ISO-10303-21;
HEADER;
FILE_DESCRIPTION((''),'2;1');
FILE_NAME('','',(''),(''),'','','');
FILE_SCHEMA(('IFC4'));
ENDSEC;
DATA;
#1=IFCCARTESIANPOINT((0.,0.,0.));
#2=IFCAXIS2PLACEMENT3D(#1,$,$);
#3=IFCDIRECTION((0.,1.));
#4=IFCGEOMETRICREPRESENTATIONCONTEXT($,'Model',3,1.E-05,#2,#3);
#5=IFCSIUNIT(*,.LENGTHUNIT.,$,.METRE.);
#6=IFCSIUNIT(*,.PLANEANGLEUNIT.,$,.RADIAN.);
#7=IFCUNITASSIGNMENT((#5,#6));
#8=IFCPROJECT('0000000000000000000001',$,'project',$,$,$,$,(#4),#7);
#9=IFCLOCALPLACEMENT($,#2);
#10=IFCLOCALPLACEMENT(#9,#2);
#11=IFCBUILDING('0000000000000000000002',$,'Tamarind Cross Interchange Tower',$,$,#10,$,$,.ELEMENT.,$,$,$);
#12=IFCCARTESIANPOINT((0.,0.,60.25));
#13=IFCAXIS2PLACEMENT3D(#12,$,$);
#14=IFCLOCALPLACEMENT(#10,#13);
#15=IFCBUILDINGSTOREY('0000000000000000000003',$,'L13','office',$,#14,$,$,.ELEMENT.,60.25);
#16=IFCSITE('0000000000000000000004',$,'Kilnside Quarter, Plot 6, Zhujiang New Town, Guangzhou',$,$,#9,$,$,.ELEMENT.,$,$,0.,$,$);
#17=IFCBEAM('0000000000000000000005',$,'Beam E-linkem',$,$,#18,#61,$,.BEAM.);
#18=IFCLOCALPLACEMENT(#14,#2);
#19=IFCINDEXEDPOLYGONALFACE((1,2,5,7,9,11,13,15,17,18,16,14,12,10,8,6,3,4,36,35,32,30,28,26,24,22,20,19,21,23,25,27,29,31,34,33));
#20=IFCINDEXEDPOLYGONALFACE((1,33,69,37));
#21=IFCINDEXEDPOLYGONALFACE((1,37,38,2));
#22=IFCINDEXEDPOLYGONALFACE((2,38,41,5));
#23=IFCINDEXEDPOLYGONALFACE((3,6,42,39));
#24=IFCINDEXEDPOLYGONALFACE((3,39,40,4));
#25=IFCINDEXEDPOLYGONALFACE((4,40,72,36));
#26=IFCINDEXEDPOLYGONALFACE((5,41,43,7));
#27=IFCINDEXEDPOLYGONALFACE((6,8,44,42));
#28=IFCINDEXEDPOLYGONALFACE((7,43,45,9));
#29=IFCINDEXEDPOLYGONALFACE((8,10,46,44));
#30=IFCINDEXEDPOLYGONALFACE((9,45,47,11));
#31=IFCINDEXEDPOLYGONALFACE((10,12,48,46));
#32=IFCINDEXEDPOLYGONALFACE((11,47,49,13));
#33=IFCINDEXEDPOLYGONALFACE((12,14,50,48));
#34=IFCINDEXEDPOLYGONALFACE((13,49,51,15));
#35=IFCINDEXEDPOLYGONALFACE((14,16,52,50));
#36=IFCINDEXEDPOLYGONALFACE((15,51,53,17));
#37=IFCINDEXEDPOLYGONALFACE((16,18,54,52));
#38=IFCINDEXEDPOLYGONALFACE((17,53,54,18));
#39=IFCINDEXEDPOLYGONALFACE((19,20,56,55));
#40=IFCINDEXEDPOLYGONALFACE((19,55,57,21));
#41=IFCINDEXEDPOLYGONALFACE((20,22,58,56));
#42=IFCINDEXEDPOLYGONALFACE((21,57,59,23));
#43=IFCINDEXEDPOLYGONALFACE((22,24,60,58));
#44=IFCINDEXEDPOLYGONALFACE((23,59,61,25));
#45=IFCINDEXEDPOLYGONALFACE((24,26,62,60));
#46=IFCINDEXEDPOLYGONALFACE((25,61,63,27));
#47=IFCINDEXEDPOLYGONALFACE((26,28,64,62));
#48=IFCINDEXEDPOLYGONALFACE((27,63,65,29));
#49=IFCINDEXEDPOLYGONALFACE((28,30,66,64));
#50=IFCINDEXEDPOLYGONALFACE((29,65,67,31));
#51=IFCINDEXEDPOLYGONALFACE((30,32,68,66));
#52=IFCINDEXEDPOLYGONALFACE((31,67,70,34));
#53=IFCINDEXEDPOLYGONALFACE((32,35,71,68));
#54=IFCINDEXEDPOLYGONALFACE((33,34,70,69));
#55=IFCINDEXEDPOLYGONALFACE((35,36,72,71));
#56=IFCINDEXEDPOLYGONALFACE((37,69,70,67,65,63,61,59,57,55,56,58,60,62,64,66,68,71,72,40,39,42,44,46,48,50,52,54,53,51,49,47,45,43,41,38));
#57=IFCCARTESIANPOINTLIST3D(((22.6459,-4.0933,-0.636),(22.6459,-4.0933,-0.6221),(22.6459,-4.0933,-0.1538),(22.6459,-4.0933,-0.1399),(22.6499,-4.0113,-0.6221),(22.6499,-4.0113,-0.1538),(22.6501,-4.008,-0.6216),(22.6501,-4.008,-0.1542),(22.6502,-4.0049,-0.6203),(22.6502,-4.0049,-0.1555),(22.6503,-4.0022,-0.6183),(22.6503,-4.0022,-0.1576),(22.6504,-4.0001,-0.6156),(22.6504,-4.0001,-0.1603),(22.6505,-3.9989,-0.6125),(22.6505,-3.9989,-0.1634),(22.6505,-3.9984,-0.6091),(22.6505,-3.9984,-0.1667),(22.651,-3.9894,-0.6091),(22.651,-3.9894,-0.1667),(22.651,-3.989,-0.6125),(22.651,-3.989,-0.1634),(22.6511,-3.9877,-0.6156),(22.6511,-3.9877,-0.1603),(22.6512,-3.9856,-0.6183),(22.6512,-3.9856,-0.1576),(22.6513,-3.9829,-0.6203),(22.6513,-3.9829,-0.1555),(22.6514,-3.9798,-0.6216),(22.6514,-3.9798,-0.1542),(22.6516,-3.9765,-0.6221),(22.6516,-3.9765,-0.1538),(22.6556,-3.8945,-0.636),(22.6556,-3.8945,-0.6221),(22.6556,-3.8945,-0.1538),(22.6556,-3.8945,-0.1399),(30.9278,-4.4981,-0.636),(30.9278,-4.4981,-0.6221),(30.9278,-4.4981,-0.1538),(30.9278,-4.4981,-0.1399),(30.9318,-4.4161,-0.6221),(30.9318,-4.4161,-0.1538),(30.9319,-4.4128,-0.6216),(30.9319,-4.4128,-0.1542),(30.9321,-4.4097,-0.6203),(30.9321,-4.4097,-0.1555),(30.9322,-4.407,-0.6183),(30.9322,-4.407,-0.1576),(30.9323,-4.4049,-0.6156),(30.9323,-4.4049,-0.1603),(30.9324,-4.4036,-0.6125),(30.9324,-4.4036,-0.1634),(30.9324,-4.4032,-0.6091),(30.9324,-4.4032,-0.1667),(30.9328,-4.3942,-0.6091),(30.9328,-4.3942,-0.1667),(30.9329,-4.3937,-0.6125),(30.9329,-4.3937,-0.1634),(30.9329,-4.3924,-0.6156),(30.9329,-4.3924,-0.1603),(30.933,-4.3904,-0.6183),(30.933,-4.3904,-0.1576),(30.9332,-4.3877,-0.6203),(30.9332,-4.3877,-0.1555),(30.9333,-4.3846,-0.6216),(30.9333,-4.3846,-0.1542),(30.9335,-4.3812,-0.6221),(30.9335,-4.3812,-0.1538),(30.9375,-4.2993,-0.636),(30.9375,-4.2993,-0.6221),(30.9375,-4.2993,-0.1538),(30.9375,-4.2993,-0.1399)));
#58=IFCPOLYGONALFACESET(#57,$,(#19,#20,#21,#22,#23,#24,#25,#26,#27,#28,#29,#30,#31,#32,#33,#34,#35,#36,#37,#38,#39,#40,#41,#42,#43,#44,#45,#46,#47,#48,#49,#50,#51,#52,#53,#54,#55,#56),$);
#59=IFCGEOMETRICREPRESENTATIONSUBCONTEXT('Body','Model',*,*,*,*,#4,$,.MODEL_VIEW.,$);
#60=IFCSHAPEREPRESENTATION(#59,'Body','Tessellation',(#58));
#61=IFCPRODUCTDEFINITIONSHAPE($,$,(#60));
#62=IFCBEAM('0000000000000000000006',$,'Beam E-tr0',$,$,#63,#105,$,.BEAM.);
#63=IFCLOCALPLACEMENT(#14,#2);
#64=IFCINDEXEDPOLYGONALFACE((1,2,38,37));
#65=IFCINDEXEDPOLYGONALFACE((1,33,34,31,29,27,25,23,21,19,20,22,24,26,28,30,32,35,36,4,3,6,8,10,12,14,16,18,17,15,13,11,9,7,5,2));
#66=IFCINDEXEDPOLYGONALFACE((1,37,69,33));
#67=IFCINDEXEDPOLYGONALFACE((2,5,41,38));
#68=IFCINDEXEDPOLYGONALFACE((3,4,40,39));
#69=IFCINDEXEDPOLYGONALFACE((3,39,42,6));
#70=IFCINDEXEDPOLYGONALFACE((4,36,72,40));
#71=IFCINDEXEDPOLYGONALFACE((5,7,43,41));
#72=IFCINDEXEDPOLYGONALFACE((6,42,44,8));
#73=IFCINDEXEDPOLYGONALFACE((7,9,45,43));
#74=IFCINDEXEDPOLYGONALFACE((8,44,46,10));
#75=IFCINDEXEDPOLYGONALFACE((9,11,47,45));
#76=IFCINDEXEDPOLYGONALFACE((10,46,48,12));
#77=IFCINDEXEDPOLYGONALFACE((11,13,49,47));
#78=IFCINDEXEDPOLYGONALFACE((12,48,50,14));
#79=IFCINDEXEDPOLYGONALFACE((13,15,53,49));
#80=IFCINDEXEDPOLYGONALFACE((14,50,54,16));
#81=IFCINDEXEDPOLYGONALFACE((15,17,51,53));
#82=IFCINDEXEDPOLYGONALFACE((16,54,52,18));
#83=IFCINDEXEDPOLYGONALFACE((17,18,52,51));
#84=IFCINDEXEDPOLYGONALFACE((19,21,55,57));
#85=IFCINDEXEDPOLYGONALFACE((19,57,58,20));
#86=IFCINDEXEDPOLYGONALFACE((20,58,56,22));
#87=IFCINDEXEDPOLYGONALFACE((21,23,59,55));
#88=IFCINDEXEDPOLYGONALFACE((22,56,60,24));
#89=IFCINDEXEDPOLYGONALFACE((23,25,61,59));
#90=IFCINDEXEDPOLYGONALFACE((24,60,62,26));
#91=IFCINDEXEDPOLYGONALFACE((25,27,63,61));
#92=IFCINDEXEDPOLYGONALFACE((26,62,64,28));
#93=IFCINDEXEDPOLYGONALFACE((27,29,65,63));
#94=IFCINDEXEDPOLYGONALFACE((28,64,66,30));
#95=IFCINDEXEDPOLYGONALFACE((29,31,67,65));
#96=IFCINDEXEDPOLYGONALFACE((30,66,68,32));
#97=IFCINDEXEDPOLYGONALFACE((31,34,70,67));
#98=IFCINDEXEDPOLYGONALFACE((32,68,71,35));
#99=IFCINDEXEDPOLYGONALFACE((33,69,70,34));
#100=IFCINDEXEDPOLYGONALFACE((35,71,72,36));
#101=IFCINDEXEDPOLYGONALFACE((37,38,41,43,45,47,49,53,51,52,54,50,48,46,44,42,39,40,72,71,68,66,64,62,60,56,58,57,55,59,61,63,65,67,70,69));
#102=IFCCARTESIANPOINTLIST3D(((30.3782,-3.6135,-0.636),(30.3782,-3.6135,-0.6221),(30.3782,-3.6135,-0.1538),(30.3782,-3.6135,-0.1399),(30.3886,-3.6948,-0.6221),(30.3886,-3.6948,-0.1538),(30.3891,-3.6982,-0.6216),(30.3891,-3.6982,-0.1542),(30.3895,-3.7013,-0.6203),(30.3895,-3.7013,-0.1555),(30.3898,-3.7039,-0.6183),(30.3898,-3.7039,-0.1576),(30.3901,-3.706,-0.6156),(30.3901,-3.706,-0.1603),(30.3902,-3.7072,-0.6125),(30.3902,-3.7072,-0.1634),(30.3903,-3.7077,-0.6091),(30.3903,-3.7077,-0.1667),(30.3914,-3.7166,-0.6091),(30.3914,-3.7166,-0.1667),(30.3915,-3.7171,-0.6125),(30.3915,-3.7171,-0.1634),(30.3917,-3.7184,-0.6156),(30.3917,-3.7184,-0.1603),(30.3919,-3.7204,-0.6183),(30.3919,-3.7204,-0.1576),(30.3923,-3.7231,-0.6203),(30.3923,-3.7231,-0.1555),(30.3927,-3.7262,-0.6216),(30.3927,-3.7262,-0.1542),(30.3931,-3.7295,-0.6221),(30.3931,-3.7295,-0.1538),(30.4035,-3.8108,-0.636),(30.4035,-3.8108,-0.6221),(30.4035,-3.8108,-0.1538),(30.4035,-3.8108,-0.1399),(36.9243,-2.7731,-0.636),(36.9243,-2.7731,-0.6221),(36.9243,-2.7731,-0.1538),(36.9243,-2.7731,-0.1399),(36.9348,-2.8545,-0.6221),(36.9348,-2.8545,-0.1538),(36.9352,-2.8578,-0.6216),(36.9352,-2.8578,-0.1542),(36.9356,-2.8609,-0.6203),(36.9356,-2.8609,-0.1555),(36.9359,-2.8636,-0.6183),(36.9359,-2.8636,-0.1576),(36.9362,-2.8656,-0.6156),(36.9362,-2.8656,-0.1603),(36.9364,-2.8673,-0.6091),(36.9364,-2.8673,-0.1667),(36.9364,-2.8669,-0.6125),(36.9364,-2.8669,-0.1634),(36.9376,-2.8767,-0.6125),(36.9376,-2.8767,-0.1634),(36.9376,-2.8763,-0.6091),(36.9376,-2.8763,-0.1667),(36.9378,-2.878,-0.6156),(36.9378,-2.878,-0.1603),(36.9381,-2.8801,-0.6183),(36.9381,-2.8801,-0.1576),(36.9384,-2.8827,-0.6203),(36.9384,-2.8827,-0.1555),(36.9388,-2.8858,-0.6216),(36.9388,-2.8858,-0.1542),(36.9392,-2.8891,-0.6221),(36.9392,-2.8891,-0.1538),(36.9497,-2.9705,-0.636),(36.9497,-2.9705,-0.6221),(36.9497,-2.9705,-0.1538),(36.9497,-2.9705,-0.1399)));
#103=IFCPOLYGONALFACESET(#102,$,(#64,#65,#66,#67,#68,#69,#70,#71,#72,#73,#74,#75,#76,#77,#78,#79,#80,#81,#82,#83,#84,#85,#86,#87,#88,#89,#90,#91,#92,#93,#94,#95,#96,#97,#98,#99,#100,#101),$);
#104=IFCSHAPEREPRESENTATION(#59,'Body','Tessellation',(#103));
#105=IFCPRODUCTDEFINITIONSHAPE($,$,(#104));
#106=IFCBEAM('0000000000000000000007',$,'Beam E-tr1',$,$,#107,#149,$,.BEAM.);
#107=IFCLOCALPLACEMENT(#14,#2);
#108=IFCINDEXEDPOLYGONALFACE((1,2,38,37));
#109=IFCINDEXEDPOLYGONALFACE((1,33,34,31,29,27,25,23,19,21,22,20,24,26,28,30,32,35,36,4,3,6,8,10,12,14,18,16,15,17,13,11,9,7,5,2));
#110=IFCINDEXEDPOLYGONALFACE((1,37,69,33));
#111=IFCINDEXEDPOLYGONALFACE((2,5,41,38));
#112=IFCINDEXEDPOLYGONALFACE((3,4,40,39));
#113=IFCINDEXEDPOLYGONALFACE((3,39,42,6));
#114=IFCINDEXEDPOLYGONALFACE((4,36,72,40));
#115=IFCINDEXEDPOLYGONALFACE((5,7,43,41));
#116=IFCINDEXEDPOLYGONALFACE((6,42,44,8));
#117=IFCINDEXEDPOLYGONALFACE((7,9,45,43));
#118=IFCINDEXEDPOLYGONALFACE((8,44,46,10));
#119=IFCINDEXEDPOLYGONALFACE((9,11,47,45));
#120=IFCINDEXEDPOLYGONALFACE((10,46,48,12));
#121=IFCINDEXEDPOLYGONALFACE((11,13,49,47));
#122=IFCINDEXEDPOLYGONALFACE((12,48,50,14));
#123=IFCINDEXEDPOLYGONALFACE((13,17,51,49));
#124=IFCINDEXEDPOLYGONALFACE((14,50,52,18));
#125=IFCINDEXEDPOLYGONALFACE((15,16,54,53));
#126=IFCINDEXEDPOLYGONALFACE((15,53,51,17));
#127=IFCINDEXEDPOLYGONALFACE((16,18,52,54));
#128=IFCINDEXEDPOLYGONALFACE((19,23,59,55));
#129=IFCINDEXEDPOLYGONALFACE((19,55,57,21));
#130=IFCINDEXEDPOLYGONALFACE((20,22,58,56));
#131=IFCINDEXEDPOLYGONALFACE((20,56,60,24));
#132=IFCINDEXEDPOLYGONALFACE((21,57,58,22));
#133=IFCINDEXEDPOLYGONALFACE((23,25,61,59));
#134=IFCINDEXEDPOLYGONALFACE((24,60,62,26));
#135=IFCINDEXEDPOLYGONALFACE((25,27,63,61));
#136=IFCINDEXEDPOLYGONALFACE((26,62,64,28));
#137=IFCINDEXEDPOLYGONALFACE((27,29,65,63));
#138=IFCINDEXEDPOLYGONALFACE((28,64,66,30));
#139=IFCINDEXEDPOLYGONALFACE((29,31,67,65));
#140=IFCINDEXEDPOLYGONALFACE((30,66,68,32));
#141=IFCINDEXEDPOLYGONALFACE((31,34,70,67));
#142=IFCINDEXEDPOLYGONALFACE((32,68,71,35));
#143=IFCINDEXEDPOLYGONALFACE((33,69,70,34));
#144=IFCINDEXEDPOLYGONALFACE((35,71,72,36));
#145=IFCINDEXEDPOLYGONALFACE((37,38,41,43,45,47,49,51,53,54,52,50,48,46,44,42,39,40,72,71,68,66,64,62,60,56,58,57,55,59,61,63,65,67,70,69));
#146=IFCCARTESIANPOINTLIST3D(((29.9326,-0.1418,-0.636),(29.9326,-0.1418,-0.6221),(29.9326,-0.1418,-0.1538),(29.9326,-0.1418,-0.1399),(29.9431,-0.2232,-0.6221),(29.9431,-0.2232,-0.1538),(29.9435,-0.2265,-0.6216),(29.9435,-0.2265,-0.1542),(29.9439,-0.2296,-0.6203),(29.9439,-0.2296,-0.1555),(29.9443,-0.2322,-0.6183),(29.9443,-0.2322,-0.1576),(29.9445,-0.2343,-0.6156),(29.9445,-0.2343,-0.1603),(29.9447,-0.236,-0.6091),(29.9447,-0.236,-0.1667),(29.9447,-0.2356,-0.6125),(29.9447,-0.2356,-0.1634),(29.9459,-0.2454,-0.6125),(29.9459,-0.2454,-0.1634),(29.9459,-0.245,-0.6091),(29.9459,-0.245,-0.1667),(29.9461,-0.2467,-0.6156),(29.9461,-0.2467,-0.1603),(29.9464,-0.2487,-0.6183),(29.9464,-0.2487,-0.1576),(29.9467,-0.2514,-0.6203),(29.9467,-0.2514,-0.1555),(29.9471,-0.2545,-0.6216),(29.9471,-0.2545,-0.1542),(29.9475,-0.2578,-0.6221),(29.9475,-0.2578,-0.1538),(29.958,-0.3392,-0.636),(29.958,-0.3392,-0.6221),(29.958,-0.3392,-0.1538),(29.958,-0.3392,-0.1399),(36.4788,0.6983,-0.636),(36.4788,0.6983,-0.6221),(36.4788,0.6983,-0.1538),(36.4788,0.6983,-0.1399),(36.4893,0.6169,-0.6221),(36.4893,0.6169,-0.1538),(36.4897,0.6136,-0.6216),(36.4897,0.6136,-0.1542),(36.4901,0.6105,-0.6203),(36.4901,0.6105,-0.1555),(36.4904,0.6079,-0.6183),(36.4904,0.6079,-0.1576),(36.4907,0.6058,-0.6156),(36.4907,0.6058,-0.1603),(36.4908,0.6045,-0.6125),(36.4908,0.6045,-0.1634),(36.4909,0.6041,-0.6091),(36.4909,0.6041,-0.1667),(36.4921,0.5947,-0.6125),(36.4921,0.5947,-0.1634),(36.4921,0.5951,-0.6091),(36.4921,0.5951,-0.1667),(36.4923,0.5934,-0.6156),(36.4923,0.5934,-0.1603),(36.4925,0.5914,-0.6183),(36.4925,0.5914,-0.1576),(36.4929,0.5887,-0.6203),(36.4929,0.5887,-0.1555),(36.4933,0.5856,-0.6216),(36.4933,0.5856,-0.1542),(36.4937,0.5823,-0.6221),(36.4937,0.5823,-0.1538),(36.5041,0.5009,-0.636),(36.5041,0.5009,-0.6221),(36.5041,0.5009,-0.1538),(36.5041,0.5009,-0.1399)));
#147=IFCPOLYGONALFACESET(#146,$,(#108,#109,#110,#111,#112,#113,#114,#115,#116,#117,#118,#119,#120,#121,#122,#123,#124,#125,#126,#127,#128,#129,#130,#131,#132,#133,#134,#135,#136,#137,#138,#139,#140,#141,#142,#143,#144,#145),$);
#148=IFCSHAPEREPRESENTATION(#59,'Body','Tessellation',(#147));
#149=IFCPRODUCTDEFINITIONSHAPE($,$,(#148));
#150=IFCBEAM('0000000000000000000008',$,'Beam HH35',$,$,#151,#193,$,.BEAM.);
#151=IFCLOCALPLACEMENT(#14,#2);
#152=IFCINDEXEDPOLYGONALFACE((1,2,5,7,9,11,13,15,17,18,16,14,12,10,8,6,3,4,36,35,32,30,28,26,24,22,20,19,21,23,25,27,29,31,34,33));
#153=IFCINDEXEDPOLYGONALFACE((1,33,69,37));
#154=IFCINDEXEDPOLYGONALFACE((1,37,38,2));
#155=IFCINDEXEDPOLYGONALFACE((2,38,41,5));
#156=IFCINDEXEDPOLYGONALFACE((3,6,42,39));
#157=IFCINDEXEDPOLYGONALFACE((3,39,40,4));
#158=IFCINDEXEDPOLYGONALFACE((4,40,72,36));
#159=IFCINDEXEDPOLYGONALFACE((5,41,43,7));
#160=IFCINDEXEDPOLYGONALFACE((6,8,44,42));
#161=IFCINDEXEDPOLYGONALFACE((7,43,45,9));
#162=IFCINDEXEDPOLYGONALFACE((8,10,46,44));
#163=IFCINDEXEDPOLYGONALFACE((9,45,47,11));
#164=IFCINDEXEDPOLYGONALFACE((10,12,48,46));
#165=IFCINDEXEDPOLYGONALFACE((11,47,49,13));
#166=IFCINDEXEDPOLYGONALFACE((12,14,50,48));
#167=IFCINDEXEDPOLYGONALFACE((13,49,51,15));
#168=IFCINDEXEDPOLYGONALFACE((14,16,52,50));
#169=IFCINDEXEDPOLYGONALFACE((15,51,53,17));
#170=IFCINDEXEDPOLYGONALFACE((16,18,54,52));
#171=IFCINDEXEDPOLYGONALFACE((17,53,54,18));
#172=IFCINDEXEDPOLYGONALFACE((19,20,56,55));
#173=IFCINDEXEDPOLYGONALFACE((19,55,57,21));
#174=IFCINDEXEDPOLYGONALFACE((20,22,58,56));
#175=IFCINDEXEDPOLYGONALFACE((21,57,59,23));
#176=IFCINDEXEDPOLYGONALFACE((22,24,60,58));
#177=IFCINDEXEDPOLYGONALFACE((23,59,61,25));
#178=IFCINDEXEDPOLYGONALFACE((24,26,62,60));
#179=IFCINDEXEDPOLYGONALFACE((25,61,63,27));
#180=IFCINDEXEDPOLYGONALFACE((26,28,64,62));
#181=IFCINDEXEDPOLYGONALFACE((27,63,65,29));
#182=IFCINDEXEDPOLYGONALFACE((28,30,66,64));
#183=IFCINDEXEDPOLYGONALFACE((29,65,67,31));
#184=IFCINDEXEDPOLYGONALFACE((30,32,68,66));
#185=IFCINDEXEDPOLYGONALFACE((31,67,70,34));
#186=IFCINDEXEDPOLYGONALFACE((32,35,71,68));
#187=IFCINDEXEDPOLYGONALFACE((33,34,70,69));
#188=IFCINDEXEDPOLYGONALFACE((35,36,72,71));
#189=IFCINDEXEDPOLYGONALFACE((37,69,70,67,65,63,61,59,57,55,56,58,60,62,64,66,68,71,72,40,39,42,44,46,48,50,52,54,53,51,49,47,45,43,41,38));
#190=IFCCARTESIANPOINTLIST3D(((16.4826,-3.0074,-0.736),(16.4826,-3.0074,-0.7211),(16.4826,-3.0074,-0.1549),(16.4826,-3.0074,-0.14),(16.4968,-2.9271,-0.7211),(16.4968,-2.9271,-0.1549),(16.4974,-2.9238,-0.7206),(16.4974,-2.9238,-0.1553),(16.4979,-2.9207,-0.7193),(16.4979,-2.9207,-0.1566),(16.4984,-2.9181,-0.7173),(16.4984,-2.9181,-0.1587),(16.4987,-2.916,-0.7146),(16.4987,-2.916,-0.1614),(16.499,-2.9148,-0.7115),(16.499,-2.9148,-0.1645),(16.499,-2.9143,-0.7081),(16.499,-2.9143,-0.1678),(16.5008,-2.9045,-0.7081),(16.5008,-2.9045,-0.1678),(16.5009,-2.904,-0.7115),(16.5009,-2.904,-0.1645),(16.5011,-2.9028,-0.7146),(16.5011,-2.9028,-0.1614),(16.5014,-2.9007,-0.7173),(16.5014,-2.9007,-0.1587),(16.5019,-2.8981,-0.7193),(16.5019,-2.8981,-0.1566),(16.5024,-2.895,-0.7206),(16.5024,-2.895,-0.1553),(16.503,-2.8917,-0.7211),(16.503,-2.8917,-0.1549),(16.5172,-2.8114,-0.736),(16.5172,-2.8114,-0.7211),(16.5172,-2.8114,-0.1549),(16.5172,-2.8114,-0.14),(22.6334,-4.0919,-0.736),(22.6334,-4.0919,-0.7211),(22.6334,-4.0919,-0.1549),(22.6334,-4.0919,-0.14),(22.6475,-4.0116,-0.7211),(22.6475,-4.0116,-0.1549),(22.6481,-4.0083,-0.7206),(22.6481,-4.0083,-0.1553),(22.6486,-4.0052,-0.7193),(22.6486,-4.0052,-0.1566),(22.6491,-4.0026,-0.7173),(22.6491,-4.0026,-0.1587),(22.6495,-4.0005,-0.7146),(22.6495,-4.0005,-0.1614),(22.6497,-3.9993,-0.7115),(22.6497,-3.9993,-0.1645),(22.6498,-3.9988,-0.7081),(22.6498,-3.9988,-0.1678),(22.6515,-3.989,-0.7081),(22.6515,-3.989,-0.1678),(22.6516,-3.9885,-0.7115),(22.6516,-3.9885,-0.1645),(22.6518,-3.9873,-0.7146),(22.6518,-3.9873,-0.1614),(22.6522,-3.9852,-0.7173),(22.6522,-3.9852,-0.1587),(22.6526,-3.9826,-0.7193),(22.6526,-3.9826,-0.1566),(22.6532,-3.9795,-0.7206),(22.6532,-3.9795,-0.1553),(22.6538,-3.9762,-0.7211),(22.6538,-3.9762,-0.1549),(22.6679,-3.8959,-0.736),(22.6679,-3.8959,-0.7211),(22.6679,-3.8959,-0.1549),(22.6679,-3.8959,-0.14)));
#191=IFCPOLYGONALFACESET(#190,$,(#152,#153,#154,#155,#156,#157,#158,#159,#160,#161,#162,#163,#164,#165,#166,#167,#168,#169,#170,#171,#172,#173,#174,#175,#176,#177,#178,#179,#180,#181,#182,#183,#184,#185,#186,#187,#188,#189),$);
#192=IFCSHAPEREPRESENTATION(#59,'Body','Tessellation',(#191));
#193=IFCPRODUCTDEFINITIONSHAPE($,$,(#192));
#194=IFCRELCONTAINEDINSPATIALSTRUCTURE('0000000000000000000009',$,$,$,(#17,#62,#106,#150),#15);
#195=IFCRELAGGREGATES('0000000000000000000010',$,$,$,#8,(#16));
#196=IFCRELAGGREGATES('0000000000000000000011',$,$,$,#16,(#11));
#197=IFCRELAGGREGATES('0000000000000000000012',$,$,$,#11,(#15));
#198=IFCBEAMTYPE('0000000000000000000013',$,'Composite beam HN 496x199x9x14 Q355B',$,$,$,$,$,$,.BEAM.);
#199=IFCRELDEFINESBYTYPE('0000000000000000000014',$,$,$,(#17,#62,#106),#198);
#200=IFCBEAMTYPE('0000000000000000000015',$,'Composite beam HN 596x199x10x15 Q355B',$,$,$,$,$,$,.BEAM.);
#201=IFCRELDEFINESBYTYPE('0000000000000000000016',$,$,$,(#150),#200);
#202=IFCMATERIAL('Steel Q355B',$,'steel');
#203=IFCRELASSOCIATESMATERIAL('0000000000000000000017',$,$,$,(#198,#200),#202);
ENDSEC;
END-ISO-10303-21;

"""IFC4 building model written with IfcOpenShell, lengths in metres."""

from ifc_helpers import new_model, si_unit, direction, frame, origin, origin_2d, place, context, subcontext, project, spatial, i_section, extrude, material, material_profile, profile_set, type_object, element, save


model = new_model("IFC4")

# Units and contexts
model_context = context("Model", 3, precision=1e-05, world=origin(), true_north=direction((0.0, 1.0)))
body_context = subcontext(model_context, "Body", "Model", "MODEL_VIEW")
ifc_project = project(units=[si_unit("LENGTHUNIT", "METRE"), si_unit("PLANEANGLEUNIT", "RADIAN")], contexts=[model_context])

# Site, building, storey
site_placement = place(None, origin())
site = spatial("IfcSite", under=ifc_project, at=site_placement, Name="Kilnside Quarter, Plot 6, Zhujiang New Town, Guangzhou", CompositionType="ELEMENT", RefElevation=0.0)
building_placement = place(site_placement, origin())
building = spatial("IfcBuilding", under=site, at=building_placement, Name="Tamarind Cross Interchange Tower", CompositionType="ELEMENT")
storey_placement = place(building_placement, frame((0.0, 0.0, 60.25)))
storey = spatial("IfcBuildingStorey", under=building, at=storey_placement, Name="L13", Description="office", CompositionType="ELEMENT", Elevation=60.25)

# Beams
ifc_material_1 = material(Name="Steel Q355B", Category="steel")
ifc_material_profile_1 = material_profile(ifc_material_1, i_section(OverallWidth=0.199, OverallDepth=0.4961, WebThickness=0.009, FlangeThickness=0.0139, FilletRadius=0.0129, at=origin_2d()), Name="HN 496x199x9x14")
ifc_profile_set_1 = profile_set([ifc_material_profile_1], Name="Steel Q355B")
beam_type_1 = type_object("IfcBeamType", Name="Composite beam HN 496x199x9x14 Q355B", PredefinedType="BEAM", material=ifc_profile_set_1)
beam_1_placement = place(storey_placement, frame((30.9326, -4.3987, -0.3879), z_axis=(-0.998808, 0.048817, 0.0), x_axis=(-0.048817, -0.998808, 0.0)))
element("IfcBeam", 1, at=beam_1_placement, inside=storey, type_object=beam_type_1, Name="Beam E-linkem", PredefinedType="BEAM", context=body_context, shape_type="SweptSolid", body=[
    extrude(i_section(OverallWidth=0.199, OverallDepth=0.4961, WebThickness=0.009, FlangeThickness=0.0139, FilletRadius=0.0129, at=origin_2d()), origin(), (0.0, 0.0, 1.0), 8.2917),
])
for number, where, z_axis, x_axis, name in (
    (2, (30.3909, -3.7122, -0.3879), (0.991861, 0.127326, 0.0), (-0.127326, 0.991861, 0.0), "Beam E-tr0"),
    (3, (29.9453, -0.2405, -0.3879), (0.991866, 0.127289, 0.0), (-0.127289, 0.991866, 0.0), "Beam E-tr1"),
):
    element("IfcBeam", number, at=place(storey_placement, frame(where, z_axis=z_axis, x_axis=x_axis)), inside=storey, type_object=beam_type_1, Name=name, PredefinedType="BEAM", context=body_context, shape_type="SweptSolid", body=[
        extrude(i_section(OverallWidth=0.199, OverallDepth=0.4961, WebThickness=0.009, FlangeThickness=0.0139, FilletRadius=0.0129, at=origin_2d()), origin(), (0.0, 0.0, 1.0), 6.5999),
    ])
ifc_material_profile_2 = material_profile(ifc_material_1, i_section(OverallWidth=0.199, OverallDepth=0.5959, WebThickness=0.01, FlangeThickness=0.0149, FilletRadius=0.0129, at=origin_2d()), Name="HN 596x199x10x15")
ifc_profile_set_2 = profile_set([ifc_material_profile_2], Name="Steel Q355B")
beam_type_2 = type_object("IfcBeamType", Name="Composite beam HN 596x199x10x15 Q355B", PredefinedType="BEAM", material=ifc_profile_set_2)
beam_2_placement = place(storey_placement, frame((22.6506, -3.9939, -0.438), z_axis=(-0.984809, 0.17364, 0.0), x_axis=(-0.17364, -0.984809, 0.0)))
element("IfcBeam", 4, at=beam_2_placement, inside=storey, type_object=beam_type_2, Name="Beam HH35", PredefinedType="BEAM", context=body_context, shape_type="SweptSolid", body=[
    extrude(i_section(OverallWidth=0.199, OverallDepth=0.5959, WebThickness=0.01, FlangeThickness=0.0149, FilletRadius=0.0129, at=origin_2d()), origin(), (0.0, 0.0, 1.0), 6.2456),
])

save(model, "model.ifc")
